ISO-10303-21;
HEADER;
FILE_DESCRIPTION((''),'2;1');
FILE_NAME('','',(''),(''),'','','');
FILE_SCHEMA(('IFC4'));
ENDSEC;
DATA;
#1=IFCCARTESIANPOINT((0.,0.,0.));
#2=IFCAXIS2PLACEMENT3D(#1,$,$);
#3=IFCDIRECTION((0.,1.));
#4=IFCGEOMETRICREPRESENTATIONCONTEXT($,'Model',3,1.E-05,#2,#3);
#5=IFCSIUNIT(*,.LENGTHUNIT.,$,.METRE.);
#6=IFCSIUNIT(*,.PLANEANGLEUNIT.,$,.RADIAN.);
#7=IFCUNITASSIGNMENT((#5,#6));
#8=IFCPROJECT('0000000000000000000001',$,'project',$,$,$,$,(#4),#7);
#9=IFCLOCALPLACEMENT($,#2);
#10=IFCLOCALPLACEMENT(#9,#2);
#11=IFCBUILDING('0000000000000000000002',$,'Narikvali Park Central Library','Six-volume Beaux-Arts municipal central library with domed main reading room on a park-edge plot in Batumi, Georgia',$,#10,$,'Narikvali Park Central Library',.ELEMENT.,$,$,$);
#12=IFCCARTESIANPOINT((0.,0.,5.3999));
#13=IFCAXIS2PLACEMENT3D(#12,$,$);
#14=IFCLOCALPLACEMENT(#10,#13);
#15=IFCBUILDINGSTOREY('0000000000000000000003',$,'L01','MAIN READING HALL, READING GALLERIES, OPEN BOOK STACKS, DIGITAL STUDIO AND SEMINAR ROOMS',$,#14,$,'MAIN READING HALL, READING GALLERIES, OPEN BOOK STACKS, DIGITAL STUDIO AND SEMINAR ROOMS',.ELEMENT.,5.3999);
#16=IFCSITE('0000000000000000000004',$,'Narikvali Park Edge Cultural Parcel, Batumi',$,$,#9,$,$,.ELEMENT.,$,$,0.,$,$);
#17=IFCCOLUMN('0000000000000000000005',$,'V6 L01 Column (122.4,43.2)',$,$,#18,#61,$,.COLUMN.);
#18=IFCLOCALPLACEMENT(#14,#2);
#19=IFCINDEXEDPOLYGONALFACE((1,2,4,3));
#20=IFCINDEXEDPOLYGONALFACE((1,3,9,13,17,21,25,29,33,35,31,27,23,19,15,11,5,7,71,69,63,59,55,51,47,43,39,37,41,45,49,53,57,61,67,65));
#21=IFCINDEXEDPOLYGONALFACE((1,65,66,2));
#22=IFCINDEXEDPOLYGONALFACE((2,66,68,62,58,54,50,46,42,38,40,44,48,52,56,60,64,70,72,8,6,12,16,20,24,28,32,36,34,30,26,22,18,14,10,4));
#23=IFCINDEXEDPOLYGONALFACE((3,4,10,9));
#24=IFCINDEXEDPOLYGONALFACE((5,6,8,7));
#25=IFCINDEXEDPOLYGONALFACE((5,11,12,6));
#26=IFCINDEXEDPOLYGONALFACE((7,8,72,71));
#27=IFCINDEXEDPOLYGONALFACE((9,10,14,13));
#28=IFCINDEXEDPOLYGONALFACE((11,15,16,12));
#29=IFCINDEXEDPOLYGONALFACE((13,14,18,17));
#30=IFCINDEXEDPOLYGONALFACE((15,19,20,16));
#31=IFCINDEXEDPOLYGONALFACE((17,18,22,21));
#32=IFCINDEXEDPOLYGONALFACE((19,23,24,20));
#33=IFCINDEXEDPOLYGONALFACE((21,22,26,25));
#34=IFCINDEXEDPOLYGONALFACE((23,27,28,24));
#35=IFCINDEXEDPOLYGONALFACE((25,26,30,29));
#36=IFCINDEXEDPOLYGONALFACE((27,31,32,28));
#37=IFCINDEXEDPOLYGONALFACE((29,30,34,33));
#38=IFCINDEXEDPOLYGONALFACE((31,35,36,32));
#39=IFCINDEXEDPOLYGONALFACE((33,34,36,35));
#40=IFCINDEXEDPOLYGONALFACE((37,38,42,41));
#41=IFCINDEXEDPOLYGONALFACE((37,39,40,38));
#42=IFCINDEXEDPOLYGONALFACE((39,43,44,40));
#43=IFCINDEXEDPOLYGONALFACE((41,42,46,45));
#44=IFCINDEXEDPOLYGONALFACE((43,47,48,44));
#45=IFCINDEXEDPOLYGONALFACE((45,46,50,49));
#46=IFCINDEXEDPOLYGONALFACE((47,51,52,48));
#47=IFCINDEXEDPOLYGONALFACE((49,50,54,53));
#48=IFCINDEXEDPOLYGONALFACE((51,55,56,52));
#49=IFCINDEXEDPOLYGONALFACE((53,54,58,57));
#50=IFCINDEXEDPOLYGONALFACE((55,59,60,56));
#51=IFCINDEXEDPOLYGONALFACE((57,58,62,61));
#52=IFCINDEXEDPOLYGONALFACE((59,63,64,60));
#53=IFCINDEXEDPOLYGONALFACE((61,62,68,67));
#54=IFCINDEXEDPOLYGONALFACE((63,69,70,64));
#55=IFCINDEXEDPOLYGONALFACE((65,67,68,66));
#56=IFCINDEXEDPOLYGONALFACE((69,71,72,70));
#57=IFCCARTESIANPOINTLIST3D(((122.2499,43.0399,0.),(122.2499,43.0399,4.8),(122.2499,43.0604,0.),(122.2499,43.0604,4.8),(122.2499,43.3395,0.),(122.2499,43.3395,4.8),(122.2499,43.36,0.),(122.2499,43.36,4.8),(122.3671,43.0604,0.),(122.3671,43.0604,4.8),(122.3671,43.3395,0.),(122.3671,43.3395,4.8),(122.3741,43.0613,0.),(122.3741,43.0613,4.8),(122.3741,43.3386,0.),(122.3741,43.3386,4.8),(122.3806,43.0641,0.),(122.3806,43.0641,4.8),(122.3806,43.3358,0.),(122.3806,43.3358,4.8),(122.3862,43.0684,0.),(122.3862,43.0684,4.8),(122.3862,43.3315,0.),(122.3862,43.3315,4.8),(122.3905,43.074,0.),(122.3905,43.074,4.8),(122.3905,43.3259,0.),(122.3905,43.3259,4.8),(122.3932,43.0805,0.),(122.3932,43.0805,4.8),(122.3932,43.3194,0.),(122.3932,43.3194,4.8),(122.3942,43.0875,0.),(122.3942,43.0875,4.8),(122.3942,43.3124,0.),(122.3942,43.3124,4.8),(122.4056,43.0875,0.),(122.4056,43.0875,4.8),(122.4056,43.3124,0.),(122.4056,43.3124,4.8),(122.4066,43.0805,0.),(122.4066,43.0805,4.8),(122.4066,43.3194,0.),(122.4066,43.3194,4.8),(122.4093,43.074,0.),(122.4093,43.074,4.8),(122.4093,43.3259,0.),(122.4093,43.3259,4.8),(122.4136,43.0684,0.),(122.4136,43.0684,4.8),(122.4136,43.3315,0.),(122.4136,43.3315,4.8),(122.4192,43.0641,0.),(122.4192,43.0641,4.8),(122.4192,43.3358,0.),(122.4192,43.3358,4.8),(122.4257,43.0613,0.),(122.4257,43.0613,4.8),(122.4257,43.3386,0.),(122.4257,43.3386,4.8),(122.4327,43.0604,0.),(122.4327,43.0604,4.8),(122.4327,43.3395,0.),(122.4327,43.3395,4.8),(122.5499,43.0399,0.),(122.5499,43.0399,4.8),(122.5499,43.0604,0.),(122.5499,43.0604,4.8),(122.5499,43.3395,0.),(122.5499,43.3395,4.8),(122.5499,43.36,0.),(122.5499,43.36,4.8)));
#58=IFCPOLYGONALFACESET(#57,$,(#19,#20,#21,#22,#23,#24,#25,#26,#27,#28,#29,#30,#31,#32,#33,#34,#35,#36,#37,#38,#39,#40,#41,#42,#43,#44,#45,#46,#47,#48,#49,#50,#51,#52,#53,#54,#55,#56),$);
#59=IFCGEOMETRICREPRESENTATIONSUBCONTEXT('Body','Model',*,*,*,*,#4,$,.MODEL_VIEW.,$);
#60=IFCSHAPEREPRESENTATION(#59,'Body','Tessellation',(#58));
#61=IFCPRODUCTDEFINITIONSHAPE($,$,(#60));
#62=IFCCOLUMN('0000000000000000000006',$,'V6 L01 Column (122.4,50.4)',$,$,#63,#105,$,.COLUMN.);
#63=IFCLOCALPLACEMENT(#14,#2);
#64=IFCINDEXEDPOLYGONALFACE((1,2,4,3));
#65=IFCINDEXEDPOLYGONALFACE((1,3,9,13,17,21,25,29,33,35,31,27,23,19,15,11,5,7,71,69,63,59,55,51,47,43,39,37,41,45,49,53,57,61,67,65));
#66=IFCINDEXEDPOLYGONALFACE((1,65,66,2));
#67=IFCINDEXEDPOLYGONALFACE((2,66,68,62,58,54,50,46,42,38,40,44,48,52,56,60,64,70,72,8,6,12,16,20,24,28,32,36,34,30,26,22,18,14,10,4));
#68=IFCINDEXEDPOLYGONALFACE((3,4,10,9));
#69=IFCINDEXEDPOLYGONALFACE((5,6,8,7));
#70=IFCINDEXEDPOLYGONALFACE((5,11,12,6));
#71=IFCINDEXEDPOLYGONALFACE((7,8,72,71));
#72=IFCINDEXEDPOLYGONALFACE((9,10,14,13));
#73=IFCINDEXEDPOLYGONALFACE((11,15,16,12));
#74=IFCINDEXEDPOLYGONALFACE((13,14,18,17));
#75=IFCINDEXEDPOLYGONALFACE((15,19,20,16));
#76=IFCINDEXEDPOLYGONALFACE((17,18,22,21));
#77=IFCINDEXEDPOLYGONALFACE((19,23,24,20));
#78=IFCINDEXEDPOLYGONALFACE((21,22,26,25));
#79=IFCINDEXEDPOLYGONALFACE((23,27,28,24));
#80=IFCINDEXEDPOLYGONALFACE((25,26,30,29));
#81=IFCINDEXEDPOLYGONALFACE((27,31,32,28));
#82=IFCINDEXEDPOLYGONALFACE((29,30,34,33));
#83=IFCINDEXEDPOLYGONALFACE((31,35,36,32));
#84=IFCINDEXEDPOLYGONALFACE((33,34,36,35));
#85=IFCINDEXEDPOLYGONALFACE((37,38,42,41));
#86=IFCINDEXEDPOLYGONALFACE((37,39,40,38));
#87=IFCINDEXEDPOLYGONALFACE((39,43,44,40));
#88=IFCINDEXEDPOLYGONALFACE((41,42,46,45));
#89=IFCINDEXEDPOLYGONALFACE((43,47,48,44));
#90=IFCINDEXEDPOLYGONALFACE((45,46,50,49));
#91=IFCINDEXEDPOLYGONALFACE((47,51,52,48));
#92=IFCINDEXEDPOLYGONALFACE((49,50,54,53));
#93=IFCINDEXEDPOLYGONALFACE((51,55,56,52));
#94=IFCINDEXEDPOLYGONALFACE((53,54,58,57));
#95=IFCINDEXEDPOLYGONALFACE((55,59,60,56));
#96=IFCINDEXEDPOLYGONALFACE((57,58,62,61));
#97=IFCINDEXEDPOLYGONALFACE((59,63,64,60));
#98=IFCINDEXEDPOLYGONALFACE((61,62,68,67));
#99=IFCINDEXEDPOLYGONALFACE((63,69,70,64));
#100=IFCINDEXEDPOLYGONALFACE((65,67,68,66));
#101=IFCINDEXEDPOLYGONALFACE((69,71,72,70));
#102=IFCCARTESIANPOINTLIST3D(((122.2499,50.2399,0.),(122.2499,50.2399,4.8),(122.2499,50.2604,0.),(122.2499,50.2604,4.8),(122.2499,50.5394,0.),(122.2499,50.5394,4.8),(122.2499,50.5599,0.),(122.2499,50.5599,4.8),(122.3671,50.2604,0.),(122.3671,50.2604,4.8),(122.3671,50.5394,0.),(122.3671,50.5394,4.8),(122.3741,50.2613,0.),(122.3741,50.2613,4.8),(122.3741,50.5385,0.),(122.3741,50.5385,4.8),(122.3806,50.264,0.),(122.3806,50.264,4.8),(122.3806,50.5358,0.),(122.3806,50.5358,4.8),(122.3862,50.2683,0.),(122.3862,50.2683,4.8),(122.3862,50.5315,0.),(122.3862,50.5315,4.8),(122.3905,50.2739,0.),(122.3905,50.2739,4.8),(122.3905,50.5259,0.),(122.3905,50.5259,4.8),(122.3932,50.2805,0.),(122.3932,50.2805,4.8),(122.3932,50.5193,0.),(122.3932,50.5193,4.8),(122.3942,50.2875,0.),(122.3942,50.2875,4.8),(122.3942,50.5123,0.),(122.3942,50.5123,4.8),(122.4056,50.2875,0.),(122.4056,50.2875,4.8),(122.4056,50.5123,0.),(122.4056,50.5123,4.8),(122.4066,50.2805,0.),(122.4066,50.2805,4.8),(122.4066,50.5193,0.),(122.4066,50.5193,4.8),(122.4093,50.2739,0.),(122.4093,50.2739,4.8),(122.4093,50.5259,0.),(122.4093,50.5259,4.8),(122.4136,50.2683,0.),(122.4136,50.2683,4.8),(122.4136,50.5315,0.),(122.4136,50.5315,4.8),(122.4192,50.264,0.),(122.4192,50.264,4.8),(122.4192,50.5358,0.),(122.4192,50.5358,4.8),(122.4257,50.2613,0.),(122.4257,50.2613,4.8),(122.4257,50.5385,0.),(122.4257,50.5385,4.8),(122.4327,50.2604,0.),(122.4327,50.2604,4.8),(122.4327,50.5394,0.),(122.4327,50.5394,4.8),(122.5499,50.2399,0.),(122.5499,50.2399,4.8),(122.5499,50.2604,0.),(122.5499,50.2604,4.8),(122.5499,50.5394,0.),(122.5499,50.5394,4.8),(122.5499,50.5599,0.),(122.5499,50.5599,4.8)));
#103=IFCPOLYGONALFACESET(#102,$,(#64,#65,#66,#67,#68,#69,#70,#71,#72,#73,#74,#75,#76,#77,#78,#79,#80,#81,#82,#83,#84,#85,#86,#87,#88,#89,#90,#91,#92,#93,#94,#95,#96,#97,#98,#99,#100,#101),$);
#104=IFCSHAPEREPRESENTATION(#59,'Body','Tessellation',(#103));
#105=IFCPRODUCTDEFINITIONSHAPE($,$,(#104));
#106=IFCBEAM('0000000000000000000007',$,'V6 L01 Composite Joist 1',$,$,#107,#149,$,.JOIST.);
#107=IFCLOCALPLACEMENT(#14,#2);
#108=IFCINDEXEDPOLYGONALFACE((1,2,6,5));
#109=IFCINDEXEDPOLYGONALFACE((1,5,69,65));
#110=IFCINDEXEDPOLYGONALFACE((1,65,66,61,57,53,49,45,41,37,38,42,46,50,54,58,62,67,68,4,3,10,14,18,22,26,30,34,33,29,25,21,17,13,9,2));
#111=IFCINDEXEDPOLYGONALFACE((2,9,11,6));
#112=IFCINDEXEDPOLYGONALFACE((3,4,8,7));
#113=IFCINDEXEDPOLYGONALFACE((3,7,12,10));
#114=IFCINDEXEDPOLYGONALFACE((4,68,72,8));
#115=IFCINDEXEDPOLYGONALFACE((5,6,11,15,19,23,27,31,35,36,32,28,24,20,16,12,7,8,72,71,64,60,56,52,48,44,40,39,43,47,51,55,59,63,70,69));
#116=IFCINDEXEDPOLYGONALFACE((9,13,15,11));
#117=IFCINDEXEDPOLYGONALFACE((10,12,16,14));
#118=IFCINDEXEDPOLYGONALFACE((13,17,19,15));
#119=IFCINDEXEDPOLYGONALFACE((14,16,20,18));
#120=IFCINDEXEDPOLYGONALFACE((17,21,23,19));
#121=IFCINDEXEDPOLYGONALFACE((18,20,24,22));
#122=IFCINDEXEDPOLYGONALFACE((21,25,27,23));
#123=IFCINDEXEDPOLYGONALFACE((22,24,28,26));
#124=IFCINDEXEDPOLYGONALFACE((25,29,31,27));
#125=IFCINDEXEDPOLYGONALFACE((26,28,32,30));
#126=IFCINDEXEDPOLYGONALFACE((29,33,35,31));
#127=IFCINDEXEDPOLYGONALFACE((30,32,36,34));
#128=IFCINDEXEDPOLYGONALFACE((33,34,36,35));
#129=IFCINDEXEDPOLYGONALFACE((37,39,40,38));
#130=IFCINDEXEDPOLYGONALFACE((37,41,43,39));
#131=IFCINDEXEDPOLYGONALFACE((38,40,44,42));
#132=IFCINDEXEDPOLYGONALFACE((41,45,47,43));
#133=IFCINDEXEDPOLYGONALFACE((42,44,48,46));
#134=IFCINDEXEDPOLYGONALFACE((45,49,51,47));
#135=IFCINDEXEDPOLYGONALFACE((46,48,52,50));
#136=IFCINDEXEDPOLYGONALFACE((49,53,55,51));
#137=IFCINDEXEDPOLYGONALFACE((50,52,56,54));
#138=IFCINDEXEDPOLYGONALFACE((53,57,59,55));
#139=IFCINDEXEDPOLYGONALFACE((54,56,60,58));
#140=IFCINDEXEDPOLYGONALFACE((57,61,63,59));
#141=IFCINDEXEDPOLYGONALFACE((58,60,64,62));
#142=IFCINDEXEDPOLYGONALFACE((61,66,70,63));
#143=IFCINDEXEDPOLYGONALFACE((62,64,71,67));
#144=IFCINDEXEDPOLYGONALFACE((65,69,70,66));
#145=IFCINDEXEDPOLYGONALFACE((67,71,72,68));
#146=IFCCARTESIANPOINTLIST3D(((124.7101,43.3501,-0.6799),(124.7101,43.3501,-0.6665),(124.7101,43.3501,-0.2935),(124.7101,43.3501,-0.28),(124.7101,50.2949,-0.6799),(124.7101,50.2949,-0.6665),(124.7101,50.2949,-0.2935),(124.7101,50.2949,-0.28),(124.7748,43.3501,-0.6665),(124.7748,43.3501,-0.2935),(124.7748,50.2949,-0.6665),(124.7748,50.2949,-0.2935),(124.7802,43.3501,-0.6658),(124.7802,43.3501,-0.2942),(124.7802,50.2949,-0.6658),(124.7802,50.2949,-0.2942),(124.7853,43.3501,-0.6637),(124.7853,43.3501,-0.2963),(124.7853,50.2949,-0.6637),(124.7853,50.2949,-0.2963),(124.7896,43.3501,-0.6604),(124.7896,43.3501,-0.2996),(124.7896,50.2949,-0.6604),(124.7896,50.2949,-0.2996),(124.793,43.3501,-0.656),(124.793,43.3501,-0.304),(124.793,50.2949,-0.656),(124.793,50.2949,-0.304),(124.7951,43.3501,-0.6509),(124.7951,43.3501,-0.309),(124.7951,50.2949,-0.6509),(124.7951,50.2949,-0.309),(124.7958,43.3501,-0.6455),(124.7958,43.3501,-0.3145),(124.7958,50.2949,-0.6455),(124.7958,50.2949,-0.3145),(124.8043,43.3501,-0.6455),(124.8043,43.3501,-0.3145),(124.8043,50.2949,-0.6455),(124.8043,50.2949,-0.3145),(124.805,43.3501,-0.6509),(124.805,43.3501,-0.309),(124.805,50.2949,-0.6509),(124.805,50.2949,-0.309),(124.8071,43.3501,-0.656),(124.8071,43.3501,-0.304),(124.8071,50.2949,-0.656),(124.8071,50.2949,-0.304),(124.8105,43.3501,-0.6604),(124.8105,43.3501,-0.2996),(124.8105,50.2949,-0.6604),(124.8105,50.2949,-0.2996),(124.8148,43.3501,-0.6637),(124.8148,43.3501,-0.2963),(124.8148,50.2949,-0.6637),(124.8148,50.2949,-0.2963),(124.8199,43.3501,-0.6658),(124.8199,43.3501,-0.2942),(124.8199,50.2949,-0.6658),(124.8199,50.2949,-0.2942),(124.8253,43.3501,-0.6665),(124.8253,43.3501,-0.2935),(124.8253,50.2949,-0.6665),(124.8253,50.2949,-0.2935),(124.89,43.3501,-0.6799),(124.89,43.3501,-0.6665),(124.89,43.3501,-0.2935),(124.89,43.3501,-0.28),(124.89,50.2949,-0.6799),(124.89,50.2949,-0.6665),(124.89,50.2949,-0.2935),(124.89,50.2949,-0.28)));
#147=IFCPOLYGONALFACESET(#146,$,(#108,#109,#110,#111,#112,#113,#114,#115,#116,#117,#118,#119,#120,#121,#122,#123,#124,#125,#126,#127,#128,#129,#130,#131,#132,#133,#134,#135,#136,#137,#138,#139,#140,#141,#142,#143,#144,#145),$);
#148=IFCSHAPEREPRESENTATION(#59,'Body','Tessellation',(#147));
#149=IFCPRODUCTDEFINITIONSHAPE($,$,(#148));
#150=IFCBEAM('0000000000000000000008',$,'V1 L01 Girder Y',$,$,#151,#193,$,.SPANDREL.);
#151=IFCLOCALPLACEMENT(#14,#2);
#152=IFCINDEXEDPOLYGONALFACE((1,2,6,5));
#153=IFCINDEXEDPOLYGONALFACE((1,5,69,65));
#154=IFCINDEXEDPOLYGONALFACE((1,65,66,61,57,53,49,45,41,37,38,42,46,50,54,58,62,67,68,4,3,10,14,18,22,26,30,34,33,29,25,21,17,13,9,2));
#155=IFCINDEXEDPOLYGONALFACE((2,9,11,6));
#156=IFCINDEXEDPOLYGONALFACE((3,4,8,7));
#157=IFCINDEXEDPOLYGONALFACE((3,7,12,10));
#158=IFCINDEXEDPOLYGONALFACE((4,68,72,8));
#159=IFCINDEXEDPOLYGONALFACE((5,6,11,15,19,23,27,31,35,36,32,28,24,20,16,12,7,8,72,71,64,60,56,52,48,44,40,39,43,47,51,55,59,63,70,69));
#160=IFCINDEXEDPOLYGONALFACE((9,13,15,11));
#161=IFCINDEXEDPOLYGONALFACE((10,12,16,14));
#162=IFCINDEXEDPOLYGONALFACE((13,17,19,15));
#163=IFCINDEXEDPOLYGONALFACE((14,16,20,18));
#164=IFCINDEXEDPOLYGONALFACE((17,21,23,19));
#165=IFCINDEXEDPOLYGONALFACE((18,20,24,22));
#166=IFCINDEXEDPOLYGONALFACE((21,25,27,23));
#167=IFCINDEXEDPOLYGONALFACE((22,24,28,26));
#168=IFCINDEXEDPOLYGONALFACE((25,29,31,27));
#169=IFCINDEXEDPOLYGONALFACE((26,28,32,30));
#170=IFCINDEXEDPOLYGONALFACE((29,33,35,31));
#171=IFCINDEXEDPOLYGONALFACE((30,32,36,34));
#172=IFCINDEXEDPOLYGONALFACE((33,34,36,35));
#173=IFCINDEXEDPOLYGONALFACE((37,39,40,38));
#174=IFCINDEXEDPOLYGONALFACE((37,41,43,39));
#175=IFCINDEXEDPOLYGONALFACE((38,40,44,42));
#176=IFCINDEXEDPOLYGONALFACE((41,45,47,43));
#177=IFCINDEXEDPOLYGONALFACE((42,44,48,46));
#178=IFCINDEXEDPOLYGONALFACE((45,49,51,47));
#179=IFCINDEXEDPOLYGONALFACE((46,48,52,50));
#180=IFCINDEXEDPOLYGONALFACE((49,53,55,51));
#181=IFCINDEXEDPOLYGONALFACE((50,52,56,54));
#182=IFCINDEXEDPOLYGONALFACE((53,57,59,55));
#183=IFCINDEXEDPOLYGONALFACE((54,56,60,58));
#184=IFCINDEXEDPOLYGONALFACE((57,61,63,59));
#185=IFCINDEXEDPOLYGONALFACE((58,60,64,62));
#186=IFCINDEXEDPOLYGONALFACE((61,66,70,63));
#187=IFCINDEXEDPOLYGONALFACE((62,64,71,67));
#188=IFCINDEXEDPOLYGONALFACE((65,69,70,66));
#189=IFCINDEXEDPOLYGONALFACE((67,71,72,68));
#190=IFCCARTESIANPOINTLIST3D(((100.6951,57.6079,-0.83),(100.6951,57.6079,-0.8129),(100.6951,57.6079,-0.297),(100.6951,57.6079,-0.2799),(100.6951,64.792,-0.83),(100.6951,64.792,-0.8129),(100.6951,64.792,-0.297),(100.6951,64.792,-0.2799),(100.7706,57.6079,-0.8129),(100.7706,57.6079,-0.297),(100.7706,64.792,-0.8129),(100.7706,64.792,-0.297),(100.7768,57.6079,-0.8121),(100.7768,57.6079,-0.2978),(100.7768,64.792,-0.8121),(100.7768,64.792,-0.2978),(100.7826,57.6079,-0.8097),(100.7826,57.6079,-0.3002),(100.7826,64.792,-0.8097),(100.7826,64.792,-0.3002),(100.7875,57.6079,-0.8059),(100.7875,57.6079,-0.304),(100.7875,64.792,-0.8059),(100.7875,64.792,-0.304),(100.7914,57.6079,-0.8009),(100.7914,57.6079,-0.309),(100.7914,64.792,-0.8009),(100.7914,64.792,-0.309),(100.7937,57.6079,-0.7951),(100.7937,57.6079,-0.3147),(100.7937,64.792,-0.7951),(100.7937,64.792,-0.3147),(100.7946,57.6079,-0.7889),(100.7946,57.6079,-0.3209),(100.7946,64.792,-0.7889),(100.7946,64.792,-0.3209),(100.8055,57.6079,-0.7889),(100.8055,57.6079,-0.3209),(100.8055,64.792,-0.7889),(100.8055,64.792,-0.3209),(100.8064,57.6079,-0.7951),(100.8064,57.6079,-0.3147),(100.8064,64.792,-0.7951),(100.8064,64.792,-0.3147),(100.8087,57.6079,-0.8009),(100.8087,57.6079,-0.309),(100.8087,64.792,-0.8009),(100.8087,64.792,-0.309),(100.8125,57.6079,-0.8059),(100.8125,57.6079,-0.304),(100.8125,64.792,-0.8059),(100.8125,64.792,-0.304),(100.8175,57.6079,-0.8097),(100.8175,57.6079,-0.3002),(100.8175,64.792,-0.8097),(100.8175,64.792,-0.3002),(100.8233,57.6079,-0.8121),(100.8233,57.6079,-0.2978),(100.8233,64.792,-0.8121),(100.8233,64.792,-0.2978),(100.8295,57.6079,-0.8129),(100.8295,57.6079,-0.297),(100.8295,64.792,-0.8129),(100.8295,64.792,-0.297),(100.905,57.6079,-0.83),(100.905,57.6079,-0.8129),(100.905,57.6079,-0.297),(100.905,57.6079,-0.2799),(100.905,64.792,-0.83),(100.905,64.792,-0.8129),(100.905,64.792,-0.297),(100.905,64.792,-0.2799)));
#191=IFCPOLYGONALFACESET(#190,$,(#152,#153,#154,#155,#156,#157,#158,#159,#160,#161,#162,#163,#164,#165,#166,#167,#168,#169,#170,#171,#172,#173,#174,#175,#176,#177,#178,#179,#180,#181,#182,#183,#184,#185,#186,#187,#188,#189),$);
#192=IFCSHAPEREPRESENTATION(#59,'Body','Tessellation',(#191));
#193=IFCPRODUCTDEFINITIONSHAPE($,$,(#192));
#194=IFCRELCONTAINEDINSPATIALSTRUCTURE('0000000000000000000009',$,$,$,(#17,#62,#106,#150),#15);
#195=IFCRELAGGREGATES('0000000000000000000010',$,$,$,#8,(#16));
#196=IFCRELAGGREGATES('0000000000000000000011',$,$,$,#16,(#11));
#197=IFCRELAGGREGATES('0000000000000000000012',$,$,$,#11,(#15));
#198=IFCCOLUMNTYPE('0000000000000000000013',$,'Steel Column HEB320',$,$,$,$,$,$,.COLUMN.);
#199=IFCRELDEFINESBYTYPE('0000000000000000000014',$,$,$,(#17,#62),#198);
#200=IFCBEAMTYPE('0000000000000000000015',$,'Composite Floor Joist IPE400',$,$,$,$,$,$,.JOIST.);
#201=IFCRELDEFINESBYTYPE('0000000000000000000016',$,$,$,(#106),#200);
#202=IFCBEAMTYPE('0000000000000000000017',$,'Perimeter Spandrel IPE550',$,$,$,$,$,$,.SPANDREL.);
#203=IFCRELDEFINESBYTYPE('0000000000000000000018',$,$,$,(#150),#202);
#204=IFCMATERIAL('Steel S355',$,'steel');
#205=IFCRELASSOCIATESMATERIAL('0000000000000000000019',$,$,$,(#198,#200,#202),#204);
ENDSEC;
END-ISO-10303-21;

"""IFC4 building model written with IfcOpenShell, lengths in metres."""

from ifc_helpers import new_model, si_unit, direction, frame, origin, origin_2d, place, context, subcontext, project, spatial, i_section, extrude, material, material_profile, profile_set, type_object, element, save


model = new_model("IFC4")

# Units and contexts
model_context = context("Model", 3, precision=1e-05, world=origin(), true_north=direction((0.0, 1.0)))
body_context = subcontext(model_context, "Body", "Model", "MODEL_VIEW")
ifc_project = project(units=[si_unit("LENGTHUNIT", "METRE"), si_unit("PLANEANGLEUNIT", "RADIAN")], contexts=[model_context])

# Site, building, storey
site_placement = place(None, origin())
site = spatial("IfcSite", under=ifc_project, at=site_placement, Name="Narikvali Park Edge Cultural Parcel, Batumi", CompositionType="ELEMENT", RefElevation=0.0)
building_placement = place(site_placement, origin())
building = spatial("IfcBuilding", under=site, at=building_placement, Name="Narikvali Park Central Library", Description="Six-volume Beaux-Arts municipal central library with domed main reading room on a park-edge plot in Batumi, Georgia", LongName="Narikvali Park Central Library", CompositionType="ELEMENT")
storey_placement = place(building_placement, frame((0.0, 0.0, 5.3999)))
storey = spatial("IfcBuildingStorey", under=building, at=storey_placement, Name="L01", Description="MAIN READING HALL, READING GALLERIES, OPEN BOOK STACKS, DIGITAL STUDIO AND SEMINAR ROOMS", LongName="MAIN READING HALL, READING GALLERIES, OPEN BOOK STACKS, DIGITAL STUDIO AND SEMINAR ROOMS", CompositionType="ELEMENT", Elevation=5.3999)

# Columns
ifc_material_1 = material(Name="Steel S355", Category="steel")
ifc_material_profile_1 = material_profile(ifc_material_1, i_section(OverallWidth=0.3, OverallDepth=0.3201, WebThickness=0.0115, FlangeThickness=0.0205, FilletRadius=0.0271, at=origin_2d()), Name="HEB 320")
ifc_profile_set_1 = profile_set([ifc_material_profile_1], Name="Steel S355")
column_type = type_object("IfcColumnType", Name="Steel Column HEB320", PredefinedType="COLUMN", material=ifc_profile_set_1)
for number, where, z_axis, x_axis, name in (
    (1, (122.3999, 43.2, 0.0), (0.0, 0.0, 1.0), (1.0, 0.0, 0.0), "V6 L01 Column (122.4,43.2)"),
    (2, (122.3999, 50.3999, 0.0), (0.0, 0.0, 1.0), (1.0, 0.0, 0.0), "V6 L01 Column (122.4,50.4)"),
):
    element("IfcColumn", number, at=place(storey_placement, frame(where, z_axis=z_axis, x_axis=x_axis)), inside=storey, type_object=column_type, Name=name, PredefinedType="COLUMN", context=body_context, shape_type="SweptSolid", body=[
        extrude(i_section(OverallWidth=0.3, OverallDepth=0.3201, WebThickness=0.0115, FlangeThickness=0.0205, FilletRadius=0.0271, at=origin_2d()), origin(), (0.0, 0.0, 1.0), 4.8),
    ])

# Beams
ifc_material_profile_2 = material_profile(ifc_material_1, i_section(OverallWidth=0.1799, OverallDepth=0.3999, WebThickness=0.0085, FlangeThickness=0.0134, FilletRadius=0.021, at=origin_2d()), Name="IPE 400")
ifc_profile_set_2 = profile_set([ifc_material_profile_2], Name="Steel S355")
beam_type_1 = type_object("IfcBeamType", Name="Composite Floor Joist IPE400", PredefinedType="JOIST", material=ifc_profile_set_2)
beam_1_placement = place(storey_placement, frame((124.8, 43.3501, -0.48), z_axis=(0.0, 1.0, 0.0), x_axis=(-1.0, 0.0, 0.0)))
element("IfcBeam", 3, at=beam_1_placement, inside=storey, type_object=beam_type_1, Name="V6 L01 Composite Joist 1", PredefinedType="JOIST", context=body_context, shape_type="SweptSolid", body=[
    extrude(i_section(OverallWidth=0.1799, OverallDepth=0.3999, WebThickness=0.0085, FlangeThickness=0.0134, FilletRadius=0.021, at=origin_2d()), origin(), (0.0, 0.0, 1.0), 6.9448),
])
ifc_material_profile_3 = material_profile(ifc_material_1, i_section(OverallWidth=0.21, OverallDepth=0.55, WebThickness=0.011, FlangeThickness=0.0171, FilletRadius=0.0239, at=origin_2d()), Name="IPE 550")
ifc_profile_set_3 = profile_set([ifc_material_profile_3], Name="Steel S355")
beam_type_2 = type_object("IfcBeamType", Name="Perimeter Spandrel IPE550", PredefinedType="SPANDREL", material=ifc_profile_set_3)
for number, where, z_axis, x_axis, name in (
    (4, (100.8, 57.6079, -0.5549), (0.0, 1.0, 0.0), (-1.0, 0.0, 0.0), "V1 L01 Girder Y"),
):
    element("IfcBeam", number, at=place(storey_placement, frame(where, z_axis=z_axis, x_axis=x_axis)), inside=storey, type_object=beam_type_2, Name=name, PredefinedType="SPANDREL", context=body_context, shape_type="SweptSolid", body=[
        extrude(i_section(OverallWidth=0.21, OverallDepth=0.55, WebThickness=0.011, FlangeThickness=0.0171, FilletRadius=0.0239, at=origin_2d()), origin(), (0.0, 0.0, 1.0), 7.1841),
    ])

save(model, "model.ifc")
